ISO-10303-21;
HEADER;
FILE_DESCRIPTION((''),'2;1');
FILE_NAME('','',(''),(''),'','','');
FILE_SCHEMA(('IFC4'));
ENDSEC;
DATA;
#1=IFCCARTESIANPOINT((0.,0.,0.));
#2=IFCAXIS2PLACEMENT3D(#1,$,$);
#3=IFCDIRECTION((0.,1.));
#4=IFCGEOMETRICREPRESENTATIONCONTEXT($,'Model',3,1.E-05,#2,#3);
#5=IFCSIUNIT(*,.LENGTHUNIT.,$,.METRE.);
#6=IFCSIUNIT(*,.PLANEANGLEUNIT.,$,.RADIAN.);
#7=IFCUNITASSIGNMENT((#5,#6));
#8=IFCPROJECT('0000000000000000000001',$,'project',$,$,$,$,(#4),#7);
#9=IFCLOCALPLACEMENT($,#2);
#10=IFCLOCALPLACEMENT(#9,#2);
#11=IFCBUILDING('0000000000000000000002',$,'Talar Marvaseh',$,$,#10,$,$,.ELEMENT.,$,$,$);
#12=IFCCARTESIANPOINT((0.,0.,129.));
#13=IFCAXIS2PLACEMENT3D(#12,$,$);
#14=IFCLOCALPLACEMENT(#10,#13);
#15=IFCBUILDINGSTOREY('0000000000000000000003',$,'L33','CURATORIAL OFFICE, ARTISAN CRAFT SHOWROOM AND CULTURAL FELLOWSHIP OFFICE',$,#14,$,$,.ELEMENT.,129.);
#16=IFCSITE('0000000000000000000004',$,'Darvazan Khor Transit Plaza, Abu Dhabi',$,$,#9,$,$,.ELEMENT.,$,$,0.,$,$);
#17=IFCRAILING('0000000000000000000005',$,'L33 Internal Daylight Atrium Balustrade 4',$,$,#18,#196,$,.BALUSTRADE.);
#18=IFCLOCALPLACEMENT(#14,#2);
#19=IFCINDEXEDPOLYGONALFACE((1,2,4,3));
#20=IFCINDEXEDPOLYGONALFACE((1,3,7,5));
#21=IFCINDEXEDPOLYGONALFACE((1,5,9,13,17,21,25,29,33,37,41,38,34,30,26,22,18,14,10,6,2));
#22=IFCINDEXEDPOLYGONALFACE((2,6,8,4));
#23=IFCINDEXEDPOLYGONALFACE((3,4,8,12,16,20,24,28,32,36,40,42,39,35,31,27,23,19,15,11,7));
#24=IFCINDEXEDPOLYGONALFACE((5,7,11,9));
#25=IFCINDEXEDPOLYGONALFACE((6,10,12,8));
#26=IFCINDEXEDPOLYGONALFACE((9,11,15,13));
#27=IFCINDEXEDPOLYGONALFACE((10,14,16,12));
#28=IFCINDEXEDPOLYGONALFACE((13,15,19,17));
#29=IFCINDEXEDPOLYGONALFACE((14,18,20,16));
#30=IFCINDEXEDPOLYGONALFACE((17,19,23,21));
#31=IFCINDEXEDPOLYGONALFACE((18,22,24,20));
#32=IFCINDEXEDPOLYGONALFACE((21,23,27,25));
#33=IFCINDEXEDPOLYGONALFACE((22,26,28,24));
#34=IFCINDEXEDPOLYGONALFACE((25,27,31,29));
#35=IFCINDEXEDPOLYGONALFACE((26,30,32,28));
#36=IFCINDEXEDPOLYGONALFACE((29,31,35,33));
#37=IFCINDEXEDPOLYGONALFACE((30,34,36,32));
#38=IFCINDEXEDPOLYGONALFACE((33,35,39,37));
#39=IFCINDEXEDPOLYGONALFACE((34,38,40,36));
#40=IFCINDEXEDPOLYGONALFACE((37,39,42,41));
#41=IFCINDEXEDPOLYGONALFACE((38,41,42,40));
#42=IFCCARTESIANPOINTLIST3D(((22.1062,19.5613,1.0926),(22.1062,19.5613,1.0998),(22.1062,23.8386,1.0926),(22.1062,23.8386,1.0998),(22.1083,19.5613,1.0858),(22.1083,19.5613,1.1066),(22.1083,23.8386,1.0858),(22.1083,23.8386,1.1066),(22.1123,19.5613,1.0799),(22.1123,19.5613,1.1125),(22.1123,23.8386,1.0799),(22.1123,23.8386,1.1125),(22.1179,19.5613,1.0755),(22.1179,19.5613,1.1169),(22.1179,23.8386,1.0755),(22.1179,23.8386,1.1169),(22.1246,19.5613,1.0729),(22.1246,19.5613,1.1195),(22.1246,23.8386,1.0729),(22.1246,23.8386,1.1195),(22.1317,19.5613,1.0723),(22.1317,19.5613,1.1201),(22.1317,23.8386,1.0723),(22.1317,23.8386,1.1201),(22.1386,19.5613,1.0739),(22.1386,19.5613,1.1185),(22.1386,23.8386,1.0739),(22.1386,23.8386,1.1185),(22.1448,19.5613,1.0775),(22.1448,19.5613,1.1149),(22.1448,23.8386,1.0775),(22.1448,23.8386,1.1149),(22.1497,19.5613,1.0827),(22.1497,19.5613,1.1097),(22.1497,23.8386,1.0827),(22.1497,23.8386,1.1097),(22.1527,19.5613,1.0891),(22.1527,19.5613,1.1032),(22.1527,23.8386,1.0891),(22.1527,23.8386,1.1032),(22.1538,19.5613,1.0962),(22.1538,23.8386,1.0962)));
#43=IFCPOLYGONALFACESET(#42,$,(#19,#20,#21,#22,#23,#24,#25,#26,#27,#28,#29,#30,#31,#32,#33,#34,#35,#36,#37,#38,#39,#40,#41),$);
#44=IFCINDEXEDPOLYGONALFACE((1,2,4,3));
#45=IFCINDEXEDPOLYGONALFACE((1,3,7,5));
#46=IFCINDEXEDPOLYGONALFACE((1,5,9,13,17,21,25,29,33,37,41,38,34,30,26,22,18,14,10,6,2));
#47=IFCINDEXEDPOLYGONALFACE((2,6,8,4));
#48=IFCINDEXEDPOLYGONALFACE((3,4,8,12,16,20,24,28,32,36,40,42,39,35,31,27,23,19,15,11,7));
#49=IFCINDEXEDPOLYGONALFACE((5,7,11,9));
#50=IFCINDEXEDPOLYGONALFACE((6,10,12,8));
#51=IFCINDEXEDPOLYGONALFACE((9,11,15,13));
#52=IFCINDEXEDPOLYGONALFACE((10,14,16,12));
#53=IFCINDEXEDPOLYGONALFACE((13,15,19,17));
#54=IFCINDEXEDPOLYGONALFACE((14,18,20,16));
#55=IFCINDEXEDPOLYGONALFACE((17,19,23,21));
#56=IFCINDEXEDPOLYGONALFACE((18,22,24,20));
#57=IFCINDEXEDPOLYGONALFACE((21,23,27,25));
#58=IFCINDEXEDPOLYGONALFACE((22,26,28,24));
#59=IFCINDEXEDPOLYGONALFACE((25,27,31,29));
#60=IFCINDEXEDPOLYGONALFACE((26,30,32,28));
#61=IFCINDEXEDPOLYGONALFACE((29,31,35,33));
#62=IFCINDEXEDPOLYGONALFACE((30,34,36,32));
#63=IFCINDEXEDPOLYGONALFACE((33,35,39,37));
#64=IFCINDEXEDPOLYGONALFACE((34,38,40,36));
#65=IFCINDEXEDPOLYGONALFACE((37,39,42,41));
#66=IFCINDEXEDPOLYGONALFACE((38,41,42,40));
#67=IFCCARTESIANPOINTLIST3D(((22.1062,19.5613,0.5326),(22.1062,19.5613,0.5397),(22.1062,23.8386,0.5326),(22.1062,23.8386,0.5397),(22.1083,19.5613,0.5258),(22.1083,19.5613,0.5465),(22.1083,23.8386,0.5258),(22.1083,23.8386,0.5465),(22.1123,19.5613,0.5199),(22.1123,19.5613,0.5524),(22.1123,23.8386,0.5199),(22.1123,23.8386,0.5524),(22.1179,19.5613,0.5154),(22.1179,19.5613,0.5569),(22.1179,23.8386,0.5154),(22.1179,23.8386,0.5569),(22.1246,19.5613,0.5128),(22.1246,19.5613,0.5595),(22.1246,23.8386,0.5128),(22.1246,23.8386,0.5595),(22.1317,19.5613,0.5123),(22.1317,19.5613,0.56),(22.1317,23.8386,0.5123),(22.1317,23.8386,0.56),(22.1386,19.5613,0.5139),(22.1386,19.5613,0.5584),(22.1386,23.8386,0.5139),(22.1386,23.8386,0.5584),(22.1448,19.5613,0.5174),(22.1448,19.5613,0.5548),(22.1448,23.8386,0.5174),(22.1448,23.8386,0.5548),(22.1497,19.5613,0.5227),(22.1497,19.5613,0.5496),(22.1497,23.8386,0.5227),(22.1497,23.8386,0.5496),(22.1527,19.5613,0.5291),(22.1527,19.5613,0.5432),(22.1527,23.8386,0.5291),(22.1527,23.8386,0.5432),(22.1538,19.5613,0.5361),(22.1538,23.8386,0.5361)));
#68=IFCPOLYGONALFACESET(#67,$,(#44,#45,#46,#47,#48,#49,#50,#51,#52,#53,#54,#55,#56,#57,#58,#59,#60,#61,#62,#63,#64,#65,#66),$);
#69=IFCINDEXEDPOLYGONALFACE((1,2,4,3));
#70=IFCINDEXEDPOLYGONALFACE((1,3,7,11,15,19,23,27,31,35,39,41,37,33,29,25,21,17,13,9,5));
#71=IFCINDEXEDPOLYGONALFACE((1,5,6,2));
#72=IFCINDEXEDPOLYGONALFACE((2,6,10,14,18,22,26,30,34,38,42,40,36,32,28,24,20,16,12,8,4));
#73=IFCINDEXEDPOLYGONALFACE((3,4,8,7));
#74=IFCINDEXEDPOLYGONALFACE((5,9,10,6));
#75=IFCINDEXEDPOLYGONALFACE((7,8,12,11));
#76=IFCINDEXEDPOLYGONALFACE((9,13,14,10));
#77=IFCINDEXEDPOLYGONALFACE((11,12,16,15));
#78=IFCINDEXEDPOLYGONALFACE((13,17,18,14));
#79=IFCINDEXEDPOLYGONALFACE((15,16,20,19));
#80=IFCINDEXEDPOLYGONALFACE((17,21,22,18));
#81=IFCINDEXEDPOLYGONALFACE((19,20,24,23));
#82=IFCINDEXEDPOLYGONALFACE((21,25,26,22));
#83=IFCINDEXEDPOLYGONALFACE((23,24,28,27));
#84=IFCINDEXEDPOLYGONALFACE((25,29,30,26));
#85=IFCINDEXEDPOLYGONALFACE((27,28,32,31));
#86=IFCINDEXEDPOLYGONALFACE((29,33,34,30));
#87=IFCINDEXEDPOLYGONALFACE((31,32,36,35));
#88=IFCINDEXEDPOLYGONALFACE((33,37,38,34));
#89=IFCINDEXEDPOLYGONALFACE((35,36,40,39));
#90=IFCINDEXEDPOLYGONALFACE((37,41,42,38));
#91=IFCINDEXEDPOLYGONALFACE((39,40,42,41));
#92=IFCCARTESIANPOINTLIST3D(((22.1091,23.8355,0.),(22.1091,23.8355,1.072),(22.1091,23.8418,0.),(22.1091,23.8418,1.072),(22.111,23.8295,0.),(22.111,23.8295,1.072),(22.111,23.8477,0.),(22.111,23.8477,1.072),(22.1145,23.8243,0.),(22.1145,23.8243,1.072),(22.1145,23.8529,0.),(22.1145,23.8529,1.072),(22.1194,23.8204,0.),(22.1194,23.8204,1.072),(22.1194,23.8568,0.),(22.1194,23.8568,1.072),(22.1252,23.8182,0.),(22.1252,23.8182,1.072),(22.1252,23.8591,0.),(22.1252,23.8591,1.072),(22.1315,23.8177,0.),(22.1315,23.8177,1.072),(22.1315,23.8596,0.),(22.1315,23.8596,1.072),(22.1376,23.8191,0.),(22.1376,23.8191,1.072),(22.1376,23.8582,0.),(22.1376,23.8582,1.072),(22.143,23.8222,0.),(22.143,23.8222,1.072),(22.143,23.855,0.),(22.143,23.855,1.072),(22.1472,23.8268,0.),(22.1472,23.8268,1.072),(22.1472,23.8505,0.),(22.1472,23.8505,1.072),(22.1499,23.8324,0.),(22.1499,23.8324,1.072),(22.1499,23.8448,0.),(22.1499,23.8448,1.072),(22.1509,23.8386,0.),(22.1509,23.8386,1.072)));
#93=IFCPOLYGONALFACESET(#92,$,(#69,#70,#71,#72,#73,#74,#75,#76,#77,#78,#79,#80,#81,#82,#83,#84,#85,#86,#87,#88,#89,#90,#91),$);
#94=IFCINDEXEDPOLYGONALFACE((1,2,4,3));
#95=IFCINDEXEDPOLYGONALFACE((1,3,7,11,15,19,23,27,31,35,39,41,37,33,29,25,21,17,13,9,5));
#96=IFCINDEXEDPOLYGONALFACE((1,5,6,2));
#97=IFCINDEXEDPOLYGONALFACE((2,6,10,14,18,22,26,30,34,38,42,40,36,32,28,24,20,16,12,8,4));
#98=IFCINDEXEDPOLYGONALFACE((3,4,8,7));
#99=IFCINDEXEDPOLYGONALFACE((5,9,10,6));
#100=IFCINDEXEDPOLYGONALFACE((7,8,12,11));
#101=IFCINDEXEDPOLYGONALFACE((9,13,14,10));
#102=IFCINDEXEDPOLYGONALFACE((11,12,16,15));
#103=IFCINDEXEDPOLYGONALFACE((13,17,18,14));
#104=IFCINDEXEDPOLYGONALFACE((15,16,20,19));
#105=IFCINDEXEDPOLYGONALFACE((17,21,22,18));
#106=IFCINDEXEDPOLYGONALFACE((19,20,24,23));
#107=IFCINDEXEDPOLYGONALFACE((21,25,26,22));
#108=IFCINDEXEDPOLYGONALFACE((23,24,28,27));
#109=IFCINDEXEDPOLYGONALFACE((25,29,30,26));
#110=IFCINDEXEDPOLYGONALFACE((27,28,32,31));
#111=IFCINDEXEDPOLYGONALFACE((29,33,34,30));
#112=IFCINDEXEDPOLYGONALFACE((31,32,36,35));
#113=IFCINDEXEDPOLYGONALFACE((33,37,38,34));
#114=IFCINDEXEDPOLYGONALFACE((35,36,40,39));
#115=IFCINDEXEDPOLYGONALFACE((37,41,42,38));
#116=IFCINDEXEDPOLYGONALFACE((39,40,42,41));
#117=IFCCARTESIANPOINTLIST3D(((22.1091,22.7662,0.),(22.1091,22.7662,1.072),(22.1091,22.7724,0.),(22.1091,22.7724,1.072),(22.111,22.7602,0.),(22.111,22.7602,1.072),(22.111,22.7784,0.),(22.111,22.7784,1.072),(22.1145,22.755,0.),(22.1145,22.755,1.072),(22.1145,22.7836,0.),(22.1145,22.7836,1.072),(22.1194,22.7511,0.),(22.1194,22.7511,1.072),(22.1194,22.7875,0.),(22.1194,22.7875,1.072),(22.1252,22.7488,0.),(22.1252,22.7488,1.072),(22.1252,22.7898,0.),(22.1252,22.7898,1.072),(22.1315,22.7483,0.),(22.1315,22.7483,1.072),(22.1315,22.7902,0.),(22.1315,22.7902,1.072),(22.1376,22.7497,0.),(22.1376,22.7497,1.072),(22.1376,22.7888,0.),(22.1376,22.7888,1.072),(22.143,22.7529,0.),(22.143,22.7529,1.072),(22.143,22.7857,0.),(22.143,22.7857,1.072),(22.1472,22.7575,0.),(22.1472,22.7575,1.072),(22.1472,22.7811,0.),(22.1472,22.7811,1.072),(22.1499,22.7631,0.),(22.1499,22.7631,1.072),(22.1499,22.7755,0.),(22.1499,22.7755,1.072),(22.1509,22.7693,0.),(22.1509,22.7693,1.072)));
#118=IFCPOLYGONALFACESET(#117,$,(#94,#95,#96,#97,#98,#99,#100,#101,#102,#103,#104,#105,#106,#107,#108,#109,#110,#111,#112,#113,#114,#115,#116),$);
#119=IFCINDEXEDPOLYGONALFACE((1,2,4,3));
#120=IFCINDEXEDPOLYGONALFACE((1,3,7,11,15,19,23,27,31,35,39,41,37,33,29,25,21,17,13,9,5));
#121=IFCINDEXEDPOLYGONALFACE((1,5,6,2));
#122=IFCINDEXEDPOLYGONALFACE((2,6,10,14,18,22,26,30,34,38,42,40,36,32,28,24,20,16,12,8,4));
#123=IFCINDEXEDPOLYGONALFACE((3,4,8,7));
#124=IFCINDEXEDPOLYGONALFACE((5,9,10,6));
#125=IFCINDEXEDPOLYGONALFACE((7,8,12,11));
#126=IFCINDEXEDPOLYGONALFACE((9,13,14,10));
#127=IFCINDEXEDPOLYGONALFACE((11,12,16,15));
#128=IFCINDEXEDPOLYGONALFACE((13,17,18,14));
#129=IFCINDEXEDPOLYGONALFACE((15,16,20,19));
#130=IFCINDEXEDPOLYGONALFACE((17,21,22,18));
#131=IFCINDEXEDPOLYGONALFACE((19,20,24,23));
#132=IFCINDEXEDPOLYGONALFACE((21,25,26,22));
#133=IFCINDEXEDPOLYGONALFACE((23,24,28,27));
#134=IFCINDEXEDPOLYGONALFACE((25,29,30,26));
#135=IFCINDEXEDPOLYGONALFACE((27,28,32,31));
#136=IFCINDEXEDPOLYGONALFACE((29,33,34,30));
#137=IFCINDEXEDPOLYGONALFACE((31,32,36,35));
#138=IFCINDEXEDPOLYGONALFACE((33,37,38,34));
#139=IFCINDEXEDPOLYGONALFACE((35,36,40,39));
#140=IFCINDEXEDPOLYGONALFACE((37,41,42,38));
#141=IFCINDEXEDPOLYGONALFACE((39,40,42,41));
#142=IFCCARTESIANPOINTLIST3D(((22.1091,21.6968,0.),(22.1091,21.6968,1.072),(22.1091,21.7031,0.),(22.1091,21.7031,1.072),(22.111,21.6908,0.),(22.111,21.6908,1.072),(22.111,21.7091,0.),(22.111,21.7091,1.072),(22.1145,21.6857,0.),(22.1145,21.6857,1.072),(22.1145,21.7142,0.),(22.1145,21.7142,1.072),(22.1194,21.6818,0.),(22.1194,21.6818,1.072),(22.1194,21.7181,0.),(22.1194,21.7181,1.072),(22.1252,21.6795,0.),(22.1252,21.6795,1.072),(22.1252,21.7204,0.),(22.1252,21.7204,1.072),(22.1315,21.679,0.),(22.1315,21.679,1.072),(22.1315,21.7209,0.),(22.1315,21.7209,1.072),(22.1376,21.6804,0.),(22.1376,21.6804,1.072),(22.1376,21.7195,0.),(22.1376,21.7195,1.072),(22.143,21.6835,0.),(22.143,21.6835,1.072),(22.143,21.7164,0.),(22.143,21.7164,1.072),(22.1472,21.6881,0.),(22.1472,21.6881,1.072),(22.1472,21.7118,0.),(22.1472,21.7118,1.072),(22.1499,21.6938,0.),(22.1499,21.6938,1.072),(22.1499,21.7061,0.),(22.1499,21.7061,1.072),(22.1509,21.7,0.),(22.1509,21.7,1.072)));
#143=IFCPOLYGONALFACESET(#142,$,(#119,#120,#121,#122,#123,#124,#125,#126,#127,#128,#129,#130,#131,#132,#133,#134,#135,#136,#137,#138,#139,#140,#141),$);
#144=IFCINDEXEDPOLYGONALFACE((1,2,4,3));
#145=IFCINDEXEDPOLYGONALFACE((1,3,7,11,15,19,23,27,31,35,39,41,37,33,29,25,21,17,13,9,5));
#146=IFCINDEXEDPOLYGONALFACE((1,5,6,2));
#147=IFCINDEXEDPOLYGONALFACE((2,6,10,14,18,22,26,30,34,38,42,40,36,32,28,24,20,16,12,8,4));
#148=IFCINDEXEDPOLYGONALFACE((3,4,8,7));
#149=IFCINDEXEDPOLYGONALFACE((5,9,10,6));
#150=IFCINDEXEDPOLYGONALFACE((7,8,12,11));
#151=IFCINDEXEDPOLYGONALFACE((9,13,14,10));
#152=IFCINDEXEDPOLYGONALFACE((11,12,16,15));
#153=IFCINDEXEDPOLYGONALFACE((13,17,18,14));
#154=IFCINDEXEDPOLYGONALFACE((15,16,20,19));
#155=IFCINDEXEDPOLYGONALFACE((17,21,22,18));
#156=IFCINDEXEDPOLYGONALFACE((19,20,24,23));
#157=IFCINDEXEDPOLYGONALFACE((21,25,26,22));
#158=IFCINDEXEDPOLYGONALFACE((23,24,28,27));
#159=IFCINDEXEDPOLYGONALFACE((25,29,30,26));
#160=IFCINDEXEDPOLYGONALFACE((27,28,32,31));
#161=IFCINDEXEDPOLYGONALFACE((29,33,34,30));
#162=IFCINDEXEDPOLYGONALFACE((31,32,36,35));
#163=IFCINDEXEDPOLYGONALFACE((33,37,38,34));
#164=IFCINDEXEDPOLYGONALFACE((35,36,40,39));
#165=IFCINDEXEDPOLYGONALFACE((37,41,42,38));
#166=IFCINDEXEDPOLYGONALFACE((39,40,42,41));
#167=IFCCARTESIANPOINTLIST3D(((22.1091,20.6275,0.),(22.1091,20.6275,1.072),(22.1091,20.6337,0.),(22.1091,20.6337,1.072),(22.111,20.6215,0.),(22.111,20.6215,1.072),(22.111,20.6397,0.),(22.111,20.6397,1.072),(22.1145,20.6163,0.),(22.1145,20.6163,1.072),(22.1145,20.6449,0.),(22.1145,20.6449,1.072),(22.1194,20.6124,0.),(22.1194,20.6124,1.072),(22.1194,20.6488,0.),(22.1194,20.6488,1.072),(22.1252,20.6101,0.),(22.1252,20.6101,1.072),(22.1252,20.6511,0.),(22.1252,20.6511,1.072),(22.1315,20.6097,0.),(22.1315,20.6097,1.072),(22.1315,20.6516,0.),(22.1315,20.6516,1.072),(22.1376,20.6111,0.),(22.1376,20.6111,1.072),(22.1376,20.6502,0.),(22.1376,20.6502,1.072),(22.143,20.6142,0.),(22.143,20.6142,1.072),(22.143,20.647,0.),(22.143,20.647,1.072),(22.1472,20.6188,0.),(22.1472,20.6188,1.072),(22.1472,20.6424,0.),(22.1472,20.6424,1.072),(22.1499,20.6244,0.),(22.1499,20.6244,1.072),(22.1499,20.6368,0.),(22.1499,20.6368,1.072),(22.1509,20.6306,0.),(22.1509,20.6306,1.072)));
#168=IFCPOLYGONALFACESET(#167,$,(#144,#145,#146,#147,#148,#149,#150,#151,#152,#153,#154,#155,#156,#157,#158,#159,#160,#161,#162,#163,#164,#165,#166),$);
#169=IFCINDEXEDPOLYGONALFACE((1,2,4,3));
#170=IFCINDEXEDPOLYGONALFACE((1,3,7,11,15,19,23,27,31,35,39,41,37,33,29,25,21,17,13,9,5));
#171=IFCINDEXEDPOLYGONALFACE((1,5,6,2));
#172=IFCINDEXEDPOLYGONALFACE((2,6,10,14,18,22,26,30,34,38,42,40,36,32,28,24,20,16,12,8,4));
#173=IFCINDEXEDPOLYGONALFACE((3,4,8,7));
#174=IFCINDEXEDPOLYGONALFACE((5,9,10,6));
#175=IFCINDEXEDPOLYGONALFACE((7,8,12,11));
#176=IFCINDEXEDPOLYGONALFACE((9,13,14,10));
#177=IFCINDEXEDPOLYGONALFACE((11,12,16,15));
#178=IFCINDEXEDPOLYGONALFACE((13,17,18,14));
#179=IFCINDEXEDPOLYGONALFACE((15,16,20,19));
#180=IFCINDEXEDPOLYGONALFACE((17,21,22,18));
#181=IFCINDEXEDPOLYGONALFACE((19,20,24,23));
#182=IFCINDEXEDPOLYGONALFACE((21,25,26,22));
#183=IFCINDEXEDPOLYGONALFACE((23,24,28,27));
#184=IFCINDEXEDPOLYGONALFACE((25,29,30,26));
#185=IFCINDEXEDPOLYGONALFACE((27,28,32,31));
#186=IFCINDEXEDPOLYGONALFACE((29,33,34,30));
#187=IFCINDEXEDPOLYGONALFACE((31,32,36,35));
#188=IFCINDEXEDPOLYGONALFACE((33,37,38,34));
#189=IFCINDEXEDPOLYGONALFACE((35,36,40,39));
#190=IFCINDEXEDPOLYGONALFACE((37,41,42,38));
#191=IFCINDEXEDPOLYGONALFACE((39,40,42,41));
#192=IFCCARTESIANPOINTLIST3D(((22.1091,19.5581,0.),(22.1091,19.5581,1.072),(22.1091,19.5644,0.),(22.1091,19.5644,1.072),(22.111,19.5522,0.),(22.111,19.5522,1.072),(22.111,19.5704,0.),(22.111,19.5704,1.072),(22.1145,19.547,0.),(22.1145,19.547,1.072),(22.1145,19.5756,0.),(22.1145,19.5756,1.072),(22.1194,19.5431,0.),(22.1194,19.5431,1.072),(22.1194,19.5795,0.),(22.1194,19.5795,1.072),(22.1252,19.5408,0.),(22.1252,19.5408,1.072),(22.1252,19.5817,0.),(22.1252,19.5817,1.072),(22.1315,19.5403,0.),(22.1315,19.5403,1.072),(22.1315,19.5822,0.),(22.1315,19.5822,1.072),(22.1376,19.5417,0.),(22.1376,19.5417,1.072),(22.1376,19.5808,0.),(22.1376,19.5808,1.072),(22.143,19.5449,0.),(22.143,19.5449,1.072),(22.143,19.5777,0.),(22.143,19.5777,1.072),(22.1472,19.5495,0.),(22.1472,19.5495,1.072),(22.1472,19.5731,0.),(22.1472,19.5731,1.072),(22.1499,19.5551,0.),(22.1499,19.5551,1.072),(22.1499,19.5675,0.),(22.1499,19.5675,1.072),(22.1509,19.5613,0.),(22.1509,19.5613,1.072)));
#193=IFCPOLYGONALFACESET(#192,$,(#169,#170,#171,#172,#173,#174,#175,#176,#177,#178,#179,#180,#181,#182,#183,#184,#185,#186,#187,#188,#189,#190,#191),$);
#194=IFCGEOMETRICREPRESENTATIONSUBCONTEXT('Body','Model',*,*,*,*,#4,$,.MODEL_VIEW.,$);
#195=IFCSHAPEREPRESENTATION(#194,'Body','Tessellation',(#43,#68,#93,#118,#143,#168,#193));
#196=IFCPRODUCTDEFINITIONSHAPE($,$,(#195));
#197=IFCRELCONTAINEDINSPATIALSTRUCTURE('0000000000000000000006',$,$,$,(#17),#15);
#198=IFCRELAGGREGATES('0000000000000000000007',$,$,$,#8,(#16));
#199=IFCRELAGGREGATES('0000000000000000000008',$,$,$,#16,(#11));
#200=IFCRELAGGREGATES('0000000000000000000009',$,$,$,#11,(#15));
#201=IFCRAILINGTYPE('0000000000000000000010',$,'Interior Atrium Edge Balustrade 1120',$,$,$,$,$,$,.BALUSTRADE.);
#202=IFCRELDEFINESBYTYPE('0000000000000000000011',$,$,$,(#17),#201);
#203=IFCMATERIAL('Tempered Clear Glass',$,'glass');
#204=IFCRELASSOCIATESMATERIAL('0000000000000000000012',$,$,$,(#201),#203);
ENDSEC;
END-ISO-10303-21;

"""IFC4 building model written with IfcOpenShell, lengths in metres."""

from ifc_helpers import new_model, si_unit, direction, frame, origin, origin_2d, place, context, subcontext, project, spatial, circle, extrude, material, type_object, element, save


model = new_model("IFC4")

# Units and contexts
model_context = context("Model", 3, precision=1e-05, world=origin(), true_north=direction((0.0, 1.0)))
body_context = subcontext(model_context, "Body", "Model", "MODEL_VIEW")
ifc_project = project(units=[si_unit("LENGTHUNIT", "METRE"), si_unit("PLANEANGLEUNIT", "RADIAN")], contexts=[model_context])

# Site, building, storey
site_placement = place(None, origin())
site = spatial("IfcSite", under=ifc_project, at=site_placement, Name="Darvazan Khor Transit Plaza, Abu Dhabi", CompositionType="ELEMENT", RefElevation=0.0)
building_placement = place(site_placement, origin())
building = spatial("IfcBuilding", under=site, at=building_placement, Name="Talar Marvaseh", CompositionType="ELEMENT")
storey_placement = place(building_placement, frame((0.0, 0.0, 129.0)))
storey = spatial("IfcBuildingStorey", under=building, at=storey_placement, Name="L33", Description="CURATORIAL OFFICE, ARTISAN CRAFT SHOWROOM AND CULTURAL FELLOWSHIP OFFICE", CompositionType="ELEMENT", Elevation=129.0)

# Railing
ifc_material_1 = material(Name="Tempered Clear Glass", Category="glass")
railing_type_1 = type_object("IfcRailingType", Name="Interior Atrium Edge Balustrade 1120", PredefinedType="BALUSTRADE", material=ifc_material_1)
railing_1_placement = place(storey_placement, frame((22.1299, 23.8386, 0.0)))
element("IfcRailing", 1, at=railing_1_placement, inside=storey, type_object=railing_type_1, Name="L33 Internal Daylight Atrium Balustrade 4", PredefinedType="BALUSTRADE", context=body_context, shape_type="SweptSolid", body=[
    extrude(circle(Radius=0.0239, at=origin_2d()), frame((0.0, 0.0, 1.0962), z_axis=(0.0, -1.0, 0.0), x_axis=(1.0, 0.0, 0.0)), (0.0, 0.0, 1.0), 4.2773),
    extrude(circle(Radius=0.0239, at=origin_2d()), frame((0.0, 0.0, 0.5361), z_axis=(0.0, -1.0, 0.0), x_axis=(1.0, 0.0, 0.0)), (0.0, 0.0, 1.0), 4.2773),
    extrude(circle(Radius=0.021, at=origin_2d()), origin(), (0.0, 0.0, 1.0), 1.072),
    extrude(circle(Radius=0.021, at=origin_2d()), frame((0.0, -1.0693, 0.0)), (0.0, 0.0, 1.0), 1.072),
    extrude(circle(Radius=0.021, at=origin_2d()), frame((0.0, -2.1387, 0.0)), (0.0, 0.0, 1.0), 1.072),
    extrude(circle(Radius=0.021, at=origin_2d()), frame((0.0, -3.208, 0.0)), (0.0, 0.0, 1.0), 1.072),
    extrude(circle(Radius=0.021, at=origin_2d()), frame((0.0, -4.2773, 0.0)), (0.0, 0.0, 1.0), 1.072),
])

save(model, "model.ifc")
